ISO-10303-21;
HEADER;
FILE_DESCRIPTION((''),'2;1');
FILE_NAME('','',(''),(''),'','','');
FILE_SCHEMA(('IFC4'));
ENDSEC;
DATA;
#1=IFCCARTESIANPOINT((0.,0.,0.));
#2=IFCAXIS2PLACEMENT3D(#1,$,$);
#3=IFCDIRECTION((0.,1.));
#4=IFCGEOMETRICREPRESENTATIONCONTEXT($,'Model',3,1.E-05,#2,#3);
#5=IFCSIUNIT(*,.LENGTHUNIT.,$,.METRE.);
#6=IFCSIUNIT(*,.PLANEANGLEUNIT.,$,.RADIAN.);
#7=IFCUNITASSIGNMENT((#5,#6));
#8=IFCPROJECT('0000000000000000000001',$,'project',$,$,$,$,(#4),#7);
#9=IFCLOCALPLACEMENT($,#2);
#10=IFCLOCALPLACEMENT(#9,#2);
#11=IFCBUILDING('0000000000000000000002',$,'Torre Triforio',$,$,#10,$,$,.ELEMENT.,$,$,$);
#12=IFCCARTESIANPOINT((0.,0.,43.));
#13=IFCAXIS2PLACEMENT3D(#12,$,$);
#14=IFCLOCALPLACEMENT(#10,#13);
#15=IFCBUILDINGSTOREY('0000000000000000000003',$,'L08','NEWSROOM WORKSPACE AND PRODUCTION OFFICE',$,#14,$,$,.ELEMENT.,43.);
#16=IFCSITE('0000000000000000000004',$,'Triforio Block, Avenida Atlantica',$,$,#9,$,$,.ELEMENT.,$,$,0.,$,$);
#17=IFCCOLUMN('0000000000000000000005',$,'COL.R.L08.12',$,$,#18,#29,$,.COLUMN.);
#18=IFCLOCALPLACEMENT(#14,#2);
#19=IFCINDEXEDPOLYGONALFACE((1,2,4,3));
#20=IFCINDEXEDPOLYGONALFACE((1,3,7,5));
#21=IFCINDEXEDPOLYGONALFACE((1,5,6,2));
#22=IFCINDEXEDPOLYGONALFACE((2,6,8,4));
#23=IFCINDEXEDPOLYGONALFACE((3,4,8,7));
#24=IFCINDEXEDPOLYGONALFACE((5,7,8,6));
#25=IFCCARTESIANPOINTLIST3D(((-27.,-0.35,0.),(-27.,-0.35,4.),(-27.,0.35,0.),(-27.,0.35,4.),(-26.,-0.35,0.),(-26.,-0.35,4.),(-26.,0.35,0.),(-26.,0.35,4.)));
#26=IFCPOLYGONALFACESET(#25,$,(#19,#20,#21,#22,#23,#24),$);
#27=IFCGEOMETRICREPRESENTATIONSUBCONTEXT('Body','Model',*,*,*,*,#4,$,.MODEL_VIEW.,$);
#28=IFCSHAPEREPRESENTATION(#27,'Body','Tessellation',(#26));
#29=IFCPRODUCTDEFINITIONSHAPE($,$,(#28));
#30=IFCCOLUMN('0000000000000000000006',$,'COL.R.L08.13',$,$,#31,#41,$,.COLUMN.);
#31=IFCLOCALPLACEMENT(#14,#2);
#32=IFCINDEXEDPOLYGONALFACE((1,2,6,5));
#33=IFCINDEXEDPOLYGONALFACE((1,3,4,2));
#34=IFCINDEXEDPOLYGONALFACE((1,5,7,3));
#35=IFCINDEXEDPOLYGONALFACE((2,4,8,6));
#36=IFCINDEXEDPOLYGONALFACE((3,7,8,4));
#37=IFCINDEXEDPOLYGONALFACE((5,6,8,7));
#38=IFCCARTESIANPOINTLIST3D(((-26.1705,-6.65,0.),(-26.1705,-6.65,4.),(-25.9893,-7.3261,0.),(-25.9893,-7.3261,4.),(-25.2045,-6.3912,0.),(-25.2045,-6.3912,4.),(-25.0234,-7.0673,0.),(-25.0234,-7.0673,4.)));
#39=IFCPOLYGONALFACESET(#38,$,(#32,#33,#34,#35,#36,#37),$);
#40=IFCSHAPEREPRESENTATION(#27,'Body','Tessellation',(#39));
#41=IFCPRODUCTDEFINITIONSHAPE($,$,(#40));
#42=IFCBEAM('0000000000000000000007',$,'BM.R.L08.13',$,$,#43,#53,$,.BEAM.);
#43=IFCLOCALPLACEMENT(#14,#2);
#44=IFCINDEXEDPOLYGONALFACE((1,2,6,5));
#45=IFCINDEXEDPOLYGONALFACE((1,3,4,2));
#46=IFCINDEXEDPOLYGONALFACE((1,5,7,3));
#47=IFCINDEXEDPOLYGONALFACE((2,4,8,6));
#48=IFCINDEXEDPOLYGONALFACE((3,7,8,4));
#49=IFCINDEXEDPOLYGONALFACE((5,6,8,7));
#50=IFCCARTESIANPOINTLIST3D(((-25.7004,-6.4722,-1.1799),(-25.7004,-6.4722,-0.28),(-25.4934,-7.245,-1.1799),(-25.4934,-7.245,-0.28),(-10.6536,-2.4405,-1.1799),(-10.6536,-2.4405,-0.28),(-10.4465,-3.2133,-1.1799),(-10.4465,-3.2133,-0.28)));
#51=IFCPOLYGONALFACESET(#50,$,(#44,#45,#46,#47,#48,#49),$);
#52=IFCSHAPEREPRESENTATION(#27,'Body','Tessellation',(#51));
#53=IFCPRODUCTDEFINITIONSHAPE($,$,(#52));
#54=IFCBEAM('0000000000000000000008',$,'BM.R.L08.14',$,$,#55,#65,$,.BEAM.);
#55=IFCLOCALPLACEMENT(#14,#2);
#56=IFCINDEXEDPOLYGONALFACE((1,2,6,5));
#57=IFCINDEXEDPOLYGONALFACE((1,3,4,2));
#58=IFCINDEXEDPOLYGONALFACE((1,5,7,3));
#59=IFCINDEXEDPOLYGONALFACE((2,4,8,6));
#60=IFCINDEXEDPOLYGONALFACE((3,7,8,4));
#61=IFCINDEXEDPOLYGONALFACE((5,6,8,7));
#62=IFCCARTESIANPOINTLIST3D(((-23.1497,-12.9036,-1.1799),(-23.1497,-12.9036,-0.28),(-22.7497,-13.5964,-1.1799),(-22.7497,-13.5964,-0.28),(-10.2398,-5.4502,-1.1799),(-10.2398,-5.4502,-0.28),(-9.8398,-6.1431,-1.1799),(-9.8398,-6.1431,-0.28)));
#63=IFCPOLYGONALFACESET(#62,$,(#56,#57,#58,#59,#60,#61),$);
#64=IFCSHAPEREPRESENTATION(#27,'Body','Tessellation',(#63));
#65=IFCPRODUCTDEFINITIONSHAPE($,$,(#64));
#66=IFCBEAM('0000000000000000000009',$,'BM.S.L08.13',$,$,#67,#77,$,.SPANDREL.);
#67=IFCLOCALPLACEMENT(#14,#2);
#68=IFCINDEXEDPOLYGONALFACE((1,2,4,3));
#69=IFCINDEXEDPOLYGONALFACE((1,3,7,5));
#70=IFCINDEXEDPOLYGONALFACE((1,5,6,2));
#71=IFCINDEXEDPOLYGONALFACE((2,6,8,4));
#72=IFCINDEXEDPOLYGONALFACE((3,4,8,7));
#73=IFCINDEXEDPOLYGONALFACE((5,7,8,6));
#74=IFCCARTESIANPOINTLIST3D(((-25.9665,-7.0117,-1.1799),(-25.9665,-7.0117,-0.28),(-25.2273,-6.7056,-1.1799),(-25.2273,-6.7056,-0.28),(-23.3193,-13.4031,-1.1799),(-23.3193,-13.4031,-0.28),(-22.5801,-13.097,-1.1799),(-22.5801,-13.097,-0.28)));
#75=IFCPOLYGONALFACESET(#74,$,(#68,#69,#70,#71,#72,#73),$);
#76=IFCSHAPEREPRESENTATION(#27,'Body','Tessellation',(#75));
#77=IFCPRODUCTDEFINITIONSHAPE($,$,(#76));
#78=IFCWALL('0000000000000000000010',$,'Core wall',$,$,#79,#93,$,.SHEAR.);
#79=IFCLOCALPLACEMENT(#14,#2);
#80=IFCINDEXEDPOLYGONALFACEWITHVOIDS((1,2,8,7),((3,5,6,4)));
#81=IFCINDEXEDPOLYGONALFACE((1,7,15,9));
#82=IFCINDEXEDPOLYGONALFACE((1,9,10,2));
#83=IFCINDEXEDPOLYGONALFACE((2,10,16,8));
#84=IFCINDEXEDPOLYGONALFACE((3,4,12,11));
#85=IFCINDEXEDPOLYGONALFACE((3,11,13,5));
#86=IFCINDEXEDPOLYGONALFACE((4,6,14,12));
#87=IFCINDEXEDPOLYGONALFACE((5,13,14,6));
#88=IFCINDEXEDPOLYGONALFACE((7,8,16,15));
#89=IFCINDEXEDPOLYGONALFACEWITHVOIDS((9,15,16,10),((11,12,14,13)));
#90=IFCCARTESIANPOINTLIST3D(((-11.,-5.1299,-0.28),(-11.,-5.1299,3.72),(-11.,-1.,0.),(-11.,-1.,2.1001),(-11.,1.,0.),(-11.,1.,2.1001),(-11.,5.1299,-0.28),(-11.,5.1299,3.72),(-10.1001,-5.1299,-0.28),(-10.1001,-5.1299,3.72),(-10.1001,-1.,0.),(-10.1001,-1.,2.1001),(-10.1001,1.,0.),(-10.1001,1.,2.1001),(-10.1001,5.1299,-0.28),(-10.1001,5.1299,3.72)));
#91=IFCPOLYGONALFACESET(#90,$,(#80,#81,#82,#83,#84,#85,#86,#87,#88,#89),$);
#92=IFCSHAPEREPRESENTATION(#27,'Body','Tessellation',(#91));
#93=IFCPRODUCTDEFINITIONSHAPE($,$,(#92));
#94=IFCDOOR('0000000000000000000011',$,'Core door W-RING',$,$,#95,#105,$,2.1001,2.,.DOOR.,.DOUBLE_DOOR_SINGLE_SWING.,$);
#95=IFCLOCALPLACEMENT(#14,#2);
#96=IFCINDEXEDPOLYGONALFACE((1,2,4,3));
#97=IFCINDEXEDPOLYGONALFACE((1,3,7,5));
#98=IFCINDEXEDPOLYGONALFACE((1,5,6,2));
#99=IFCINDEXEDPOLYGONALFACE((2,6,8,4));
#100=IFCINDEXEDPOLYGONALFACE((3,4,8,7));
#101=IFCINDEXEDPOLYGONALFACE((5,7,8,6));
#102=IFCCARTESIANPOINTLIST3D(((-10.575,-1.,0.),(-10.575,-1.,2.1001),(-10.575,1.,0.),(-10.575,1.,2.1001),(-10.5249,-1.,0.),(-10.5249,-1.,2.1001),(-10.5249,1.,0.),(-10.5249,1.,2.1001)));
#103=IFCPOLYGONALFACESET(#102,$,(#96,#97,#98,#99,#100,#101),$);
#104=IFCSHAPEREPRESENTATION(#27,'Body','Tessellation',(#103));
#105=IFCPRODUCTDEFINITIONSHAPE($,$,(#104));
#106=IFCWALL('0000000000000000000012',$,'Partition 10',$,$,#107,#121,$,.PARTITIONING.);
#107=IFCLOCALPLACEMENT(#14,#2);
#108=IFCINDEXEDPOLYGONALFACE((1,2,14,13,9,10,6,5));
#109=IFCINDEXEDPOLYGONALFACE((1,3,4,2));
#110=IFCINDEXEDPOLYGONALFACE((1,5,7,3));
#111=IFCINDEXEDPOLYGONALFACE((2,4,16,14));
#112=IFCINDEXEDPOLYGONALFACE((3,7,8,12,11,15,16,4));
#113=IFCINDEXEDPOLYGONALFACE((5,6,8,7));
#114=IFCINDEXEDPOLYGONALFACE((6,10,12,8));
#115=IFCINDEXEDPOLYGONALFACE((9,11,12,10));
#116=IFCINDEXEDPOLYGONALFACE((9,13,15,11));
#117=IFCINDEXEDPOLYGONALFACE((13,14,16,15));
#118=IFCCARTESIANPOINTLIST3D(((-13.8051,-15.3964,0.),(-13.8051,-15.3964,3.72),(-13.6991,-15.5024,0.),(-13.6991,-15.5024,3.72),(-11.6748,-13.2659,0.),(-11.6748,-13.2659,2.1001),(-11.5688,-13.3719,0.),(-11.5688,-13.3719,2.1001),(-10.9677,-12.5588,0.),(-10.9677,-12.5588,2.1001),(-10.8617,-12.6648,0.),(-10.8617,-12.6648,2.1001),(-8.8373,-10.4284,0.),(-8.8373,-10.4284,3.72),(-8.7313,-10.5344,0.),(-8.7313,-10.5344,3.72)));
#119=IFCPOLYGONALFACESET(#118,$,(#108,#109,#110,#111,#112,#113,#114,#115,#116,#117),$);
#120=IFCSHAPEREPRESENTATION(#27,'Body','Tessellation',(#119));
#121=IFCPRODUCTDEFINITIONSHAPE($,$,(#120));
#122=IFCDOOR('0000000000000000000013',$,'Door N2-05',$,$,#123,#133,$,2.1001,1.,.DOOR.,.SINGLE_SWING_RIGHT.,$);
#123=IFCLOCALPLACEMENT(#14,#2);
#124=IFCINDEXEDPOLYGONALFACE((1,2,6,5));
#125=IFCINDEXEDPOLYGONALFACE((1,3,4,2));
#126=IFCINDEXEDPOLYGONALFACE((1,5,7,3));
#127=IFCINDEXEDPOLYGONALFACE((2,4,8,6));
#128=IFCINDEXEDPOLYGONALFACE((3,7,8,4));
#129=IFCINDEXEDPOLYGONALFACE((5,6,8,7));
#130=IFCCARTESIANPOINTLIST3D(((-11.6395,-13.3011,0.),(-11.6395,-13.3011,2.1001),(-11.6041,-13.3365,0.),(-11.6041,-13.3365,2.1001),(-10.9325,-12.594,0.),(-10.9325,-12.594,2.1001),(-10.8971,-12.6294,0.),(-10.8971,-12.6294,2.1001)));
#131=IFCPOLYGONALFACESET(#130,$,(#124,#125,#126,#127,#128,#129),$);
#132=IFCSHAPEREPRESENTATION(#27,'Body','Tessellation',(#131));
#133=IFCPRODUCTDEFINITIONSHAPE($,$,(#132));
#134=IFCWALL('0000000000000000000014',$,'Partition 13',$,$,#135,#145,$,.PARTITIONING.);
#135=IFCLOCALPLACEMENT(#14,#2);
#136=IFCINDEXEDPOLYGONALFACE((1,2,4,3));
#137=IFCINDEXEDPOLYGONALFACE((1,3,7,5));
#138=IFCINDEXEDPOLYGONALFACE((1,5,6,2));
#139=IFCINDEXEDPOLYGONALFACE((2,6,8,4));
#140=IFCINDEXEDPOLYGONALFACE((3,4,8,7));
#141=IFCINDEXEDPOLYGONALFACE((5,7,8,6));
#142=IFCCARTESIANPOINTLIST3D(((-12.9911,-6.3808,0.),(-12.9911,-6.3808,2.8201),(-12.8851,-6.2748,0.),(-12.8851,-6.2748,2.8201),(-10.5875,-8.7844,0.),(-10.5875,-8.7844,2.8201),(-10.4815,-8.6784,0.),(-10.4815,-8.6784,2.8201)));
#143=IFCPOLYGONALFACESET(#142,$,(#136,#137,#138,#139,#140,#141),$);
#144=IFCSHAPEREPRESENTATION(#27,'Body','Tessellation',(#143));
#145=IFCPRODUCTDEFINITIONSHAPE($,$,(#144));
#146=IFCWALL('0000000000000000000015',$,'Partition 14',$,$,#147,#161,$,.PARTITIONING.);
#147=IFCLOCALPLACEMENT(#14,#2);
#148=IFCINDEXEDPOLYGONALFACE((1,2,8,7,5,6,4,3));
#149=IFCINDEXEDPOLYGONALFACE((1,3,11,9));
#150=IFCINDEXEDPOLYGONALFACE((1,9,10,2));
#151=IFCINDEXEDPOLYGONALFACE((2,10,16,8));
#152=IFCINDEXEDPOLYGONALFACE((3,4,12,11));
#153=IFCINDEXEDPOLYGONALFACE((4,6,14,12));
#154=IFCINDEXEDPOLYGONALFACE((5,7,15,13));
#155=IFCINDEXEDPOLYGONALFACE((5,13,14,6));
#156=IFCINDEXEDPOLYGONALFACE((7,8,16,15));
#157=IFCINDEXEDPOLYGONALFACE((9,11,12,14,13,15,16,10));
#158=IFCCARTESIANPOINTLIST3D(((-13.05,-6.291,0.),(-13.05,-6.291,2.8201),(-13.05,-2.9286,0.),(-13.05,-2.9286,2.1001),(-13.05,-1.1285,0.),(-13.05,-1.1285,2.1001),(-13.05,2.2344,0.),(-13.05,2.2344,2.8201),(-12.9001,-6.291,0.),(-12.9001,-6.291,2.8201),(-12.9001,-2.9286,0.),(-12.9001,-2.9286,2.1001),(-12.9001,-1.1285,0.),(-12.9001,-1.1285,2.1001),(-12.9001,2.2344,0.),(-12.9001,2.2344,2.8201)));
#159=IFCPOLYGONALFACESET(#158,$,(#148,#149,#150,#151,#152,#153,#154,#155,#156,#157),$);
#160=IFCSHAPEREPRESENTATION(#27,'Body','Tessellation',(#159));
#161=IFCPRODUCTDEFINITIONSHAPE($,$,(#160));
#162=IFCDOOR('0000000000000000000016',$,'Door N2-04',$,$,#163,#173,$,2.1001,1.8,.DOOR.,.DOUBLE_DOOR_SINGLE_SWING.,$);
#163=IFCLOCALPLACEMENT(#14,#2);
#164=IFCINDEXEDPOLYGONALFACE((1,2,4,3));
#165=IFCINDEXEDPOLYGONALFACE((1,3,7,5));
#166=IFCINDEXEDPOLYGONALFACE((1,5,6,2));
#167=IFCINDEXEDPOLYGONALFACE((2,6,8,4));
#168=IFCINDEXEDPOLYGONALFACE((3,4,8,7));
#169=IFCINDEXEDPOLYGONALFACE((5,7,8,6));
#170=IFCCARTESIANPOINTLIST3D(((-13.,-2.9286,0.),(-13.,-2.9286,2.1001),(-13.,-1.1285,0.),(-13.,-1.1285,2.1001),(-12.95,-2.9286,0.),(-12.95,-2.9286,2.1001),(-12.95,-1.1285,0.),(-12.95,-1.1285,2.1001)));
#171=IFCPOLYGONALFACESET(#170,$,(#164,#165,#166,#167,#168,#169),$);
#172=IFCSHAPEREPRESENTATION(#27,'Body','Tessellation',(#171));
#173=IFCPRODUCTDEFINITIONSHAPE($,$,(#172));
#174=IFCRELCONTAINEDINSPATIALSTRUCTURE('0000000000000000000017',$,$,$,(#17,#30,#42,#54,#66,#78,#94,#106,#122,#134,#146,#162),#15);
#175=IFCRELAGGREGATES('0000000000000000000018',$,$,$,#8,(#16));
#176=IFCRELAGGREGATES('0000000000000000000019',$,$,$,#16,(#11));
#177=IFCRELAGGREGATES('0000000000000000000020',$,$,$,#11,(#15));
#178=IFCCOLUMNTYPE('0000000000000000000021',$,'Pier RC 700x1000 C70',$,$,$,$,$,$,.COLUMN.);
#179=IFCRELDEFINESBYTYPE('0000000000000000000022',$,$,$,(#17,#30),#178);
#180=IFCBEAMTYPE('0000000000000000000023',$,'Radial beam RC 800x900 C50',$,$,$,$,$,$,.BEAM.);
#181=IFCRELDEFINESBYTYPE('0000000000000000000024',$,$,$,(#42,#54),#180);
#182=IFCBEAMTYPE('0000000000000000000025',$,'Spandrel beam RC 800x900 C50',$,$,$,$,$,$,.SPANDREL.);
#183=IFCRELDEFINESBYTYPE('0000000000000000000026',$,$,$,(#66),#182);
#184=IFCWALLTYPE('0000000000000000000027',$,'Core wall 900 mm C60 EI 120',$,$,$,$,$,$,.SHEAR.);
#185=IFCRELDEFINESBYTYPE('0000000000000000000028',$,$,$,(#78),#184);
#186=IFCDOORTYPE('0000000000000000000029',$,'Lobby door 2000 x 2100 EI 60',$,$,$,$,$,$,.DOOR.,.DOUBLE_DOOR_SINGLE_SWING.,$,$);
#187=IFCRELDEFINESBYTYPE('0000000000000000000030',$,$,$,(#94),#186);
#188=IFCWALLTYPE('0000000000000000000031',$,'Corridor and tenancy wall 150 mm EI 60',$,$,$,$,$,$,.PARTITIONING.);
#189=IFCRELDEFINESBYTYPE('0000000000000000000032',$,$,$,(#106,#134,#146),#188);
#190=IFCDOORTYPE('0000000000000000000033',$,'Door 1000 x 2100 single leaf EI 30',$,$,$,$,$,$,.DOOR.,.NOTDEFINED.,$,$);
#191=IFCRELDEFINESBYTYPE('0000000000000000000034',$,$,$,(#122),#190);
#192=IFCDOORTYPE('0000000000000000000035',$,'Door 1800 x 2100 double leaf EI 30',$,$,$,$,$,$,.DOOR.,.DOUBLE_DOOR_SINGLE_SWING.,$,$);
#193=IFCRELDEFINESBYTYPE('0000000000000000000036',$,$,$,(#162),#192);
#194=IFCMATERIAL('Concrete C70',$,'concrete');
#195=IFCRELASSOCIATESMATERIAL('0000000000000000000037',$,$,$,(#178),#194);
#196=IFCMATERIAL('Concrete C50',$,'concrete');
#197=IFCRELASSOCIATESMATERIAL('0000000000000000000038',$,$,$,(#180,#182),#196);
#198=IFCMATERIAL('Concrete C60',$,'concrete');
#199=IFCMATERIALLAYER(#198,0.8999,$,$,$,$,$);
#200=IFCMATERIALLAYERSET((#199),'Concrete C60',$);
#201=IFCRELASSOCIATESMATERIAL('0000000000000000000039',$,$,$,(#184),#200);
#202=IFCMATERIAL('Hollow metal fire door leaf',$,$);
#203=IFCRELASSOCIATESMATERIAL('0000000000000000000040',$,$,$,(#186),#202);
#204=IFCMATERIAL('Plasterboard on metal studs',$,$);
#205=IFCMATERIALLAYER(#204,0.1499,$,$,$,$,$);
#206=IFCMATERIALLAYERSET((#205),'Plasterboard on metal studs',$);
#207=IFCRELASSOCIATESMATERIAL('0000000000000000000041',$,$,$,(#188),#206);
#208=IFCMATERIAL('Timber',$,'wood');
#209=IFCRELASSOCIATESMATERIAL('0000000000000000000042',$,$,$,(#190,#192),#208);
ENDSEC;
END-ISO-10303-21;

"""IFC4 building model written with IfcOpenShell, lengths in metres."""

from ifc_helpers import new_model, si_unit, direction, frame, frame_2d, origin, origin_2d, place, context, subcontext, project, spatial, rectangle, extrude, material, layer, layer_set, material_profile, profile_set, type_object, element, fill, save


model = new_model("IFC4")

# Units and contexts
model_context = context("Model", 3, precision=1e-05, world=origin(), true_north=direction((0.0, 1.0)))
body_context = subcontext(model_context, "Body", "Model", "MODEL_VIEW")
ifc_project = project(units=[si_unit("LENGTHUNIT", "METRE"), si_unit("PLANEANGLEUNIT", "RADIAN")], contexts=[model_context])

# Site, building, storey
site_placement = place(None, origin())
site = spatial("IfcSite", under=ifc_project, at=site_placement, Name="Triforio Block, Avenida Atlantica", CompositionType="ELEMENT", RefElevation=0.0)
building_placement = place(site_placement, origin())
building = spatial("IfcBuilding", under=site, at=building_placement, Name="Torre Triforio", CompositionType="ELEMENT")
storey_placement = place(building_placement, frame((0.0, 0.0, 43.0)))
storey = spatial("IfcBuildingStorey", under=building, at=storey_placement, Name="L08", Description="NEWSROOM WORKSPACE AND PRODUCTION OFFICE", CompositionType="ELEMENT", Elevation=43.0)

# Columns
ifc_material_1 = material(Name="Concrete C70", Category="concrete")
ifc_material_profile_1 = material_profile(ifc_material_1, rectangle(XDim=0.7, YDim=1.0, at=origin_2d()), Name="RC 700x1000")
ifc_profile_set_1 = profile_set([ifc_material_profile_1], Name="Concrete C70")
column_type = type_object("IfcColumnType", Name="Pier RC 700x1000 C70", PredefinedType="COLUMN", material=ifc_profile_set_1)
for number, where, z_axis, x_axis, name in (
    (1, (-26.5, 0.0, 0.0), (0.0, 0.0, 1.0), (0.0, -1.0, 0.0), "COL.R.L08.12"),
    (2, (-25.5969, -6.8586, 0.0), (0.0, 0.0, 1.0), (0.258819, -0.965926, 0.0), "COL.R.L08.13"),
):
    element("IfcColumn", number, at=place(storey_placement, frame(where, z_axis=z_axis, x_axis=x_axis)), inside=storey, type_object=column_type, Name=name, PredefinedType="COLUMN", context=body_context, shape_type="SweptSolid", body=[
        extrude(rectangle(XDim=0.7, YDim=1.0, at=origin_2d()), origin(), (0.0, 0.0, 1.0), 4.0),
    ])

# Beams
ifc_material_2 = material(Name="Concrete C50", Category="concrete")
ifc_material_profile_2 = material_profile(ifc_material_2, rectangle(XDim=0.8, YDim=0.8999, at=origin_2d()), Name="RC 800x900")
ifc_profile_set_2 = profile_set([ifc_material_profile_2], Name="Concrete C50")
beam_type_1 = type_object("IfcBeamType", Name="Radial beam RC 800x900 C50", PredefinedType="BEAM", material=ifc_profile_set_2)
beam_1_placement = place(storey_placement, frame((-10.55, -2.8269, -0.73), z_axis=(-0.965927, -0.258815, 0.0), x_axis=(0.258815, -0.965927, 0.0)))
element("IfcBeam", 3, at=beam_1_placement, inside=storey, type_object=beam_type_1, Name="BM.R.L08.13", PredefinedType="BEAM", context=body_context, shape_type="SweptSolid", body=[
    extrude(rectangle(XDim=0.8, YDim=0.8999, at=origin_2d()), origin(), (0.0, 0.0, 1.0), 15.5776),
])
beam_2_placement = place(storey_placement, frame((-10.0398, -5.7966, -0.73), z_axis=(-0.86603, -0.499991, 0.0), x_axis=(0.499991, -0.86603, 0.0)))
element("IfcBeam", 4, at=beam_2_placement, inside=storey, type_object=beam_type_1, Name="BM.R.L08.14", PredefinedType="BEAM", context=body_context, shape_type="SweptSolid", body=[
    extrude(rectangle(XDim=0.8, YDim=0.8999, at=origin_2d()), origin(), (0.0, 0.0, 1.0), 14.907),
])
ifc_material_profile_3 = material_profile(ifc_material_2, rectangle(XDim=0.8, YDim=0.8999, at=origin_2d()), Name="RC 800x900")
ifc_profile_set_3 = profile_set([ifc_material_profile_3], Name="Concrete C50")
beam_type_2 = type_object("IfcBeamType", Name="Spandrel beam RC 800x900 C50", PredefinedType="SPANDREL", material=ifc_profile_set_3)
beam_3_placement = place(storey_placement, frame((-25.5969, -6.8586, -0.73), z_axis=(0.382662, -0.923888, 0.0), x_axis=(0.923888, 0.382662, 0.0)))
element("IfcBeam", 5, at=beam_3_placement, inside=storey, type_object=beam_type_2, Name="BM.S.L08.13", PredefinedType="SPANDREL", context=body_context, shape_type="SweptSolid", body=[
    extrude(rectangle(XDim=0.8, YDim=0.8999, at=origin_2d()), origin(), (0.0, 0.0, 1.0), 6.918),
])

# Walls, openings, doors
ifc_material_3 = material(Name="Concrete C60", Category="concrete")
ifc_layer_1 = layer(ifc_material_3, 0.8999)
ifc_layer_set_1 = layer_set([ifc_layer_1], Name="Concrete C60")
wall_type_1 = type_object("IfcWallType", Name="Core wall 900 mm C60 EI 120", PredefinedType="SHEAR", material=ifc_layer_set_1)
wall_1_placement = place(storey_placement, frame((-10.55, -5.1299, -0.28), z_axis=(0.0, 0.0, 1.0), x_axis=(0.0, 1.0, 0.0)))
wall_1 = element("IfcWall", 6, at=wall_1_placement, inside=storey, type_object=wall_type_1, Name="Core wall", PredefinedType="SHEAR", context=body_context, shape_type="SweptSolid", body=[
    extrude(rectangle(XDim=10.2598, YDim=0.8999, at=frame_2d((5.1299, 0.0))), origin(), (0.0, 0.0, 1.0), 4.0),
])
opening_1_placement = place(wall_1_placement, frame((4.1299, 0.0, 0.28)))
opening_1 = element("IfcOpeningElement", 7, at=opening_1_placement, cuts=wall_1, PredefinedType="OPENING", context=body_context, shape_type="SweptSolid", body=[
    extrude(rectangle(XDim=2.0, YDim=2.1001, at=frame_2d((1.0, 1.05))), frame((0.0, 0.46, 0.0), z_axis=(0.0, -1.0, 0.0), x_axis=(1.0, 0.0, 0.0)), (0.0, 0.0, 1.0), 0.9199),
])
ifc_material_4 = material(Name="Hollow metal fire door leaf")
door_type_1 = type_object("IfcDoorType", Name="Lobby door 2000 x 2100 EI 60", OperationType="DOUBLE_DOOR_SINGLE_SWING", PredefinedType="DOOR", material=ifc_material_4)
door_1_placement = place(opening_1_placement, origin())
door_1 = element("IfcDoor", 8, at=door_1_placement, inside=storey, type_object=door_type_1, Name="Core door W-RING", OperationType="DOUBLE_DOOR_SINGLE_SWING", OverallHeight=2.1001, OverallWidth=2.0, PredefinedType="DOOR", context=body_context, shape_type="SweptSolid", body=[
    extrude(rectangle(XDim=2.0, YDim=2.1001, at=frame_2d((1.0, 1.05))), frame((0.0, 0.0249, 0.0), z_axis=(0.0, -1.0, 0.0), x_axis=(1.0, 0.0, 0.0)), (0.0, 0.0, 1.0), 0.05),
])
fill(opening_1, door_1)
ifc_material_5 = material(Name="Plasterboard on metal studs")
ifc_layer_2 = layer(ifc_material_5, 0.1499)
ifc_layer_set_2 = layer_set([ifc_layer_2], Name="Plasterboard on metal studs")
wall_type_2 = type_object("IfcWallType", Name="Corridor and tenancy wall 150 mm EI 60", PredefinedType="PARTITIONING", material=ifc_layer_set_2)
wall_2_placement = place(storey_placement, frame((-8.7844, -10.4814, 0.0), z_axis=(0.0, 0.0, 1.0), x_axis=(-0.707089, -0.707124, 0.0)))
wall_2 = element("IfcWall", 9, at=wall_2_placement, inside=storey, type_object=wall_type_2, Name="Partition 10", PredefinedType="PARTITIONING", context=body_context, shape_type="SweptSolid", body=[
    extrude(rectangle(XDim=7.0256, YDim=0.1499, at=frame_2d((3.5127, 0.0))), origin(), (0.0, 0.0, 1.0), 3.72),
])
opening_2_placement = place(wall_2_placement, frame((3.0127, 0.0, 0.0)))
opening_2 = element("IfcOpeningElement", 10, at=opening_2_placement, cuts=wall_2, PredefinedType="OPENING", context=body_context, shape_type="SweptSolid", body=[
    extrude(rectangle(XDim=1.0, YDim=2.1001, at=frame_2d((0.5, 1.05))), frame((0.0, 0.085, 0.0), z_axis=(0.0, -1.0, 0.0), x_axis=(1.0, 0.0, 0.0)), (0.0, 0.0, 1.0), 0.1699),
])
ifc_material_6 = material(Name="Timber", Category="wood")
door_type_2 = type_object("IfcDoorType", Name="Door 1000 x 2100 single leaf EI 30", OperationType="NOTDEFINED", PredefinedType="DOOR", material=ifc_material_6)
door_2_placement = place(opening_2_placement, origin())
door_2 = element("IfcDoor", 11, at=door_2_placement, inside=storey, type_object=door_type_2, Name="Door N2-05", OperationType="SINGLE_SWING_RIGHT", OverallHeight=2.1001, OverallWidth=1.0, PredefinedType="DOOR", context=body_context, shape_type="SweptSolid", body=[
    extrude(rectangle(XDim=1.0, YDim=2.1001, at=frame_2d((0.5, 1.05))), frame((0.0, 0.0249, 0.0), z_axis=(0.0, -1.0, 0.0), x_axis=(1.0, 0.0, 0.0)), (0.0, 0.0, 1.0), 0.05),
])
fill(opening_2, door_2)

# Wall
wall_3_placement = place(storey_placement, frame((-10.5344, -8.7314, 0.0), z_axis=(0.0, 0.0, 1.0), x_axis=(-0.707107, 0.707107, 0.0)))
element("IfcWall", 12, at=wall_3_placement, inside=storey, type_object=wall_type_2, Name="Partition 13", PredefinedType="PARTITIONING", context=body_context, shape_type="SweptSolid", body=[
    extrude(rectangle(XDim=3.3992, YDim=0.1499, at=frame_2d((1.6997, 0.0))), origin(), (0.0, 0.0, 1.0), 2.8201),
])

# Wall, opening, door
wall_4_placement = place(storey_placement, frame((-12.9751, -6.291, 0.0), z_axis=(0.0, 0.0, 1.0), x_axis=(0.0, 1.0, 0.0)))
wall_4 = element("IfcWall", 13, at=wall_4_placement, inside=storey, type_object=wall_type_2, Name="Partition 14", PredefinedType="PARTITIONING", context=body_context, shape_type="SweptSolid", body=[
    extrude(rectangle(XDim=8.5254, YDim=0.1499, at=frame_2d((4.2627, 0.0))), origin(), (0.0, 0.0, 1.0), 2.8201),
])
opening_3_placement = place(wall_4_placement, frame((3.3625, 0.0, 0.0)))
opening_3 = element("IfcOpeningElement", 14, at=opening_3_placement, cuts=wall_4, PredefinedType="OPENING", context=body_context, shape_type="SweptSolid", body=[
    extrude(rectangle(XDim=1.8, YDim=2.1001, at=frame_2d((0.8999, 1.05))), frame((0.0, 0.085, 0.0), z_axis=(0.0, -1.0, 0.0), x_axis=(1.0, 0.0, 0.0)), (0.0, 0.0, 1.0), 0.1699),
])
door_type_3 = type_object("IfcDoorType", Name="Door 1800 x 2100 double leaf EI 30", OperationType="DOUBLE_DOOR_SINGLE_SWING", PredefinedType="DOOR", material=ifc_material_6)
door_3_placement = place(opening_3_placement, origin())
door_3 = element("IfcDoor", 15, at=door_3_placement, inside=storey, type_object=door_type_3, Name="Door N2-04", OperationType="DOUBLE_DOOR_SINGLE_SWING", OverallHeight=2.1001, OverallWidth=1.8, PredefinedType="DOOR", context=body_context, shape_type="SweptSolid", body=[
    extrude(rectangle(XDim=1.8, YDim=2.1001, at=frame_2d((0.8999, 1.05))), frame((0.0, 0.0249, 0.0), z_axis=(0.0, -1.0, 0.0), x_axis=(1.0, 0.0, 0.0)), (0.0, 0.0, 1.0), 0.05),
])
fill(opening_3, door_3)

save(model, "model.ifc")
